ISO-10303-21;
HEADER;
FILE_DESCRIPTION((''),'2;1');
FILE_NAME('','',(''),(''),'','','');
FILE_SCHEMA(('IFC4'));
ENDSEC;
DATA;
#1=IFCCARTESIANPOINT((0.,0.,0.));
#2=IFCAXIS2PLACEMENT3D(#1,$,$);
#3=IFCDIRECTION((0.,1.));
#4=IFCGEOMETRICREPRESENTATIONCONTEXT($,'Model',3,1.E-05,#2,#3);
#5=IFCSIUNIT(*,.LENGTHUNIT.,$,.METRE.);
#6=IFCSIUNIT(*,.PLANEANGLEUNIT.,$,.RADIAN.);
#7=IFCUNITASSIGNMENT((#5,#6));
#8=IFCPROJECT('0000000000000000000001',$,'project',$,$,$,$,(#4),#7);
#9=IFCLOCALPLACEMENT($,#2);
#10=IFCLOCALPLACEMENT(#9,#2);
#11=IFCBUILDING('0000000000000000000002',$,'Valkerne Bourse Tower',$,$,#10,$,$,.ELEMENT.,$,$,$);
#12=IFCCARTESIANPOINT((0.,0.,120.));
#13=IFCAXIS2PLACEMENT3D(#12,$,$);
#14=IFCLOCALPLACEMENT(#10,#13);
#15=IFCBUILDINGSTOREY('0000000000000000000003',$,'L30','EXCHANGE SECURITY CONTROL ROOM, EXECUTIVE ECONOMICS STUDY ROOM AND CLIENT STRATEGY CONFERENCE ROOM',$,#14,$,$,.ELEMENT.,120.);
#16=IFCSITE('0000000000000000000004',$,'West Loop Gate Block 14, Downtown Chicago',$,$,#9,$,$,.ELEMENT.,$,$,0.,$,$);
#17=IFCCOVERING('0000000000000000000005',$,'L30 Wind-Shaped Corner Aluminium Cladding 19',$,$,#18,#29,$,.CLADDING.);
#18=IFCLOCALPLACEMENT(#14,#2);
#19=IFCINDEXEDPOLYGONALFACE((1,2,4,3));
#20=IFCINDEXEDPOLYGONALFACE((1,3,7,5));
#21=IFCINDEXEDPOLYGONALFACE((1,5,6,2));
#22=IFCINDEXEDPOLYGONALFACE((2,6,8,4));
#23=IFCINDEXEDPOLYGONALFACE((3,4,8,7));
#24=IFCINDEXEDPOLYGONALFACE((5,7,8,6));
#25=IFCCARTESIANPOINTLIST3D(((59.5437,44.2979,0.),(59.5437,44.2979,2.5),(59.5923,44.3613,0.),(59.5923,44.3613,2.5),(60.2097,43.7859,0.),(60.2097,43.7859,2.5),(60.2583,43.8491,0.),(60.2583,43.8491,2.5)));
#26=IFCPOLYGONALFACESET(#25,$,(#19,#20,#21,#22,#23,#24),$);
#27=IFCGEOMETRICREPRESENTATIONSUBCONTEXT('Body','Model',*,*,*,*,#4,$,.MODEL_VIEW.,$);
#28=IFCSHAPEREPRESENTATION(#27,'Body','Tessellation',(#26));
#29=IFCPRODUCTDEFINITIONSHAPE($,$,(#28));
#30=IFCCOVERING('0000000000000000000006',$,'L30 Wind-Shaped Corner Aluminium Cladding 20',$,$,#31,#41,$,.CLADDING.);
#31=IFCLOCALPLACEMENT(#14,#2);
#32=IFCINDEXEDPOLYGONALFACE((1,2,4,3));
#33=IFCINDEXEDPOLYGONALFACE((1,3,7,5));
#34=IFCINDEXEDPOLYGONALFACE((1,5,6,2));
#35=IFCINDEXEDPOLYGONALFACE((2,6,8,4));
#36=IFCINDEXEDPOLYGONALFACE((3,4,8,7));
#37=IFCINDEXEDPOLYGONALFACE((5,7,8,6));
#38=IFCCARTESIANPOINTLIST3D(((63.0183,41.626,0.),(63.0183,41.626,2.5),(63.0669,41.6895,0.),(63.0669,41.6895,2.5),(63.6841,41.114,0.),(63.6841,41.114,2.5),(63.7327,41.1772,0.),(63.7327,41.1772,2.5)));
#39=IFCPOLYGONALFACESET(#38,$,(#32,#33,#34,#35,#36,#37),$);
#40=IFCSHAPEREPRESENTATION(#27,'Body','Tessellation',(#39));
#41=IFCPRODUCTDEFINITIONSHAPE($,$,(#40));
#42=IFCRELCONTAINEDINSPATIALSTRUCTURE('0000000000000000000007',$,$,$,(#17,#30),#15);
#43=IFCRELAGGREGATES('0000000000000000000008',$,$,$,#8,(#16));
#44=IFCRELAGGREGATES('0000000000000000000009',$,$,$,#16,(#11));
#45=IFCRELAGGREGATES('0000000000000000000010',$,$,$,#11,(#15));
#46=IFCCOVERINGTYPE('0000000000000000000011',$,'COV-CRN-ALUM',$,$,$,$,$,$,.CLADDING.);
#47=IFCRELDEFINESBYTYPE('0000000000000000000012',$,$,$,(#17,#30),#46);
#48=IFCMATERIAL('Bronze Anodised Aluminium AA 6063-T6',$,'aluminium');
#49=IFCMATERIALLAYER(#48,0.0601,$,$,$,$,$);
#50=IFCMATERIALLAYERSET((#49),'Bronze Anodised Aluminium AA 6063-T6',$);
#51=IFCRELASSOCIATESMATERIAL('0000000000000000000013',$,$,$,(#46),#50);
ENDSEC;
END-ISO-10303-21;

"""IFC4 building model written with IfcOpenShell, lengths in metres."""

from ifc_helpers import new_model, si_unit, direction, frame, origin, place, context, subcontext, project, spatial, polyline, outline, extrude, material, layer, layer_set, type_object, element, save


model = new_model("IFC4")

# Units and contexts
model_context = context("Model", 3, precision=1e-05, world=origin(), true_north=direction((0.0, 1.0)))
body_context = subcontext(model_context, "Body", "Model", "MODEL_VIEW")
ifc_project = project(units=[si_unit("LENGTHUNIT", "METRE"), si_unit("PLANEANGLEUNIT", "RADIAN")], contexts=[model_context])

# Site, building, storey
site_placement = place(None, origin())
site = spatial("IfcSite", under=ifc_project, at=site_placement, Name="West Loop Gate Block 14, Downtown Chicago", CompositionType="ELEMENT", RefElevation=0.0)
building_placement = place(site_placement, origin())
building = spatial("IfcBuilding", under=site, at=building_placement, Name="Valkerne Bourse Tower", CompositionType="ELEMENT")
storey_placement = place(building_placement, frame((0.0, 0.0, 120.0)))
storey = spatial("IfcBuildingStorey", under=building, at=storey_placement, Name="L30", Description="EXCHANGE SECURITY CONTROL ROOM, EXECUTIVE ECONOMICS STUDY ROOM AND CLIENT STRATEGY CONFERENCE ROOM", CompositionType="ELEMENT", Elevation=120.0)

# Coverings
ifc_material_1 = material(Name="Bronze Anodised Aluminium AA 6063-T6", Category="aluminium")
ifc_layer_1 = layer(ifc_material_1, 0.0601)
ifc_layer_set_1 = layer_set([ifc_layer_1], Name="Bronze Anodised Aluminium AA 6063-T6")
covering_type = type_object("IfcCoveringType", Name="COV-CRN-ALUM", PredefinedType="CLADDING", material=ifc_layer_set_1)
covering_1_placement = place(storey_placement, origin())
element("IfcCovering", 1, at=covering_1_placement, inside=storey, type_object=covering_type, Name="L30 Wind-Shaped Corner Aluminium Cladding 19", PredefinedType="CLADDING", context=body_context, shape_type="SweptSolid", body=[
    extrude(outline(polyline([(60.2583, 43.8491), (60.2097, 43.7859), (59.5437, 44.2979), (59.5923, 44.3613), (60.2583, 43.8491)])), origin(), (0.0, 0.0, 1.0), 2.5),
])
covering_2_placement = place(storey_placement, origin())
element("IfcCovering", 2, at=covering_2_placement, inside=storey, type_object=covering_type, Name="L30 Wind-Shaped Corner Aluminium Cladding 20", PredefinedType="CLADDING", context=body_context, shape_type="SweptSolid", body=[
    extrude(outline(polyline([(63.7327, 41.1772), (63.6841, 41.114), (63.0183, 41.626), (63.0669, 41.6895), (63.7327, 41.1772)])), origin(), (0.0, 0.0, 1.0), 2.5),
])

save(model, "model.ifc")
